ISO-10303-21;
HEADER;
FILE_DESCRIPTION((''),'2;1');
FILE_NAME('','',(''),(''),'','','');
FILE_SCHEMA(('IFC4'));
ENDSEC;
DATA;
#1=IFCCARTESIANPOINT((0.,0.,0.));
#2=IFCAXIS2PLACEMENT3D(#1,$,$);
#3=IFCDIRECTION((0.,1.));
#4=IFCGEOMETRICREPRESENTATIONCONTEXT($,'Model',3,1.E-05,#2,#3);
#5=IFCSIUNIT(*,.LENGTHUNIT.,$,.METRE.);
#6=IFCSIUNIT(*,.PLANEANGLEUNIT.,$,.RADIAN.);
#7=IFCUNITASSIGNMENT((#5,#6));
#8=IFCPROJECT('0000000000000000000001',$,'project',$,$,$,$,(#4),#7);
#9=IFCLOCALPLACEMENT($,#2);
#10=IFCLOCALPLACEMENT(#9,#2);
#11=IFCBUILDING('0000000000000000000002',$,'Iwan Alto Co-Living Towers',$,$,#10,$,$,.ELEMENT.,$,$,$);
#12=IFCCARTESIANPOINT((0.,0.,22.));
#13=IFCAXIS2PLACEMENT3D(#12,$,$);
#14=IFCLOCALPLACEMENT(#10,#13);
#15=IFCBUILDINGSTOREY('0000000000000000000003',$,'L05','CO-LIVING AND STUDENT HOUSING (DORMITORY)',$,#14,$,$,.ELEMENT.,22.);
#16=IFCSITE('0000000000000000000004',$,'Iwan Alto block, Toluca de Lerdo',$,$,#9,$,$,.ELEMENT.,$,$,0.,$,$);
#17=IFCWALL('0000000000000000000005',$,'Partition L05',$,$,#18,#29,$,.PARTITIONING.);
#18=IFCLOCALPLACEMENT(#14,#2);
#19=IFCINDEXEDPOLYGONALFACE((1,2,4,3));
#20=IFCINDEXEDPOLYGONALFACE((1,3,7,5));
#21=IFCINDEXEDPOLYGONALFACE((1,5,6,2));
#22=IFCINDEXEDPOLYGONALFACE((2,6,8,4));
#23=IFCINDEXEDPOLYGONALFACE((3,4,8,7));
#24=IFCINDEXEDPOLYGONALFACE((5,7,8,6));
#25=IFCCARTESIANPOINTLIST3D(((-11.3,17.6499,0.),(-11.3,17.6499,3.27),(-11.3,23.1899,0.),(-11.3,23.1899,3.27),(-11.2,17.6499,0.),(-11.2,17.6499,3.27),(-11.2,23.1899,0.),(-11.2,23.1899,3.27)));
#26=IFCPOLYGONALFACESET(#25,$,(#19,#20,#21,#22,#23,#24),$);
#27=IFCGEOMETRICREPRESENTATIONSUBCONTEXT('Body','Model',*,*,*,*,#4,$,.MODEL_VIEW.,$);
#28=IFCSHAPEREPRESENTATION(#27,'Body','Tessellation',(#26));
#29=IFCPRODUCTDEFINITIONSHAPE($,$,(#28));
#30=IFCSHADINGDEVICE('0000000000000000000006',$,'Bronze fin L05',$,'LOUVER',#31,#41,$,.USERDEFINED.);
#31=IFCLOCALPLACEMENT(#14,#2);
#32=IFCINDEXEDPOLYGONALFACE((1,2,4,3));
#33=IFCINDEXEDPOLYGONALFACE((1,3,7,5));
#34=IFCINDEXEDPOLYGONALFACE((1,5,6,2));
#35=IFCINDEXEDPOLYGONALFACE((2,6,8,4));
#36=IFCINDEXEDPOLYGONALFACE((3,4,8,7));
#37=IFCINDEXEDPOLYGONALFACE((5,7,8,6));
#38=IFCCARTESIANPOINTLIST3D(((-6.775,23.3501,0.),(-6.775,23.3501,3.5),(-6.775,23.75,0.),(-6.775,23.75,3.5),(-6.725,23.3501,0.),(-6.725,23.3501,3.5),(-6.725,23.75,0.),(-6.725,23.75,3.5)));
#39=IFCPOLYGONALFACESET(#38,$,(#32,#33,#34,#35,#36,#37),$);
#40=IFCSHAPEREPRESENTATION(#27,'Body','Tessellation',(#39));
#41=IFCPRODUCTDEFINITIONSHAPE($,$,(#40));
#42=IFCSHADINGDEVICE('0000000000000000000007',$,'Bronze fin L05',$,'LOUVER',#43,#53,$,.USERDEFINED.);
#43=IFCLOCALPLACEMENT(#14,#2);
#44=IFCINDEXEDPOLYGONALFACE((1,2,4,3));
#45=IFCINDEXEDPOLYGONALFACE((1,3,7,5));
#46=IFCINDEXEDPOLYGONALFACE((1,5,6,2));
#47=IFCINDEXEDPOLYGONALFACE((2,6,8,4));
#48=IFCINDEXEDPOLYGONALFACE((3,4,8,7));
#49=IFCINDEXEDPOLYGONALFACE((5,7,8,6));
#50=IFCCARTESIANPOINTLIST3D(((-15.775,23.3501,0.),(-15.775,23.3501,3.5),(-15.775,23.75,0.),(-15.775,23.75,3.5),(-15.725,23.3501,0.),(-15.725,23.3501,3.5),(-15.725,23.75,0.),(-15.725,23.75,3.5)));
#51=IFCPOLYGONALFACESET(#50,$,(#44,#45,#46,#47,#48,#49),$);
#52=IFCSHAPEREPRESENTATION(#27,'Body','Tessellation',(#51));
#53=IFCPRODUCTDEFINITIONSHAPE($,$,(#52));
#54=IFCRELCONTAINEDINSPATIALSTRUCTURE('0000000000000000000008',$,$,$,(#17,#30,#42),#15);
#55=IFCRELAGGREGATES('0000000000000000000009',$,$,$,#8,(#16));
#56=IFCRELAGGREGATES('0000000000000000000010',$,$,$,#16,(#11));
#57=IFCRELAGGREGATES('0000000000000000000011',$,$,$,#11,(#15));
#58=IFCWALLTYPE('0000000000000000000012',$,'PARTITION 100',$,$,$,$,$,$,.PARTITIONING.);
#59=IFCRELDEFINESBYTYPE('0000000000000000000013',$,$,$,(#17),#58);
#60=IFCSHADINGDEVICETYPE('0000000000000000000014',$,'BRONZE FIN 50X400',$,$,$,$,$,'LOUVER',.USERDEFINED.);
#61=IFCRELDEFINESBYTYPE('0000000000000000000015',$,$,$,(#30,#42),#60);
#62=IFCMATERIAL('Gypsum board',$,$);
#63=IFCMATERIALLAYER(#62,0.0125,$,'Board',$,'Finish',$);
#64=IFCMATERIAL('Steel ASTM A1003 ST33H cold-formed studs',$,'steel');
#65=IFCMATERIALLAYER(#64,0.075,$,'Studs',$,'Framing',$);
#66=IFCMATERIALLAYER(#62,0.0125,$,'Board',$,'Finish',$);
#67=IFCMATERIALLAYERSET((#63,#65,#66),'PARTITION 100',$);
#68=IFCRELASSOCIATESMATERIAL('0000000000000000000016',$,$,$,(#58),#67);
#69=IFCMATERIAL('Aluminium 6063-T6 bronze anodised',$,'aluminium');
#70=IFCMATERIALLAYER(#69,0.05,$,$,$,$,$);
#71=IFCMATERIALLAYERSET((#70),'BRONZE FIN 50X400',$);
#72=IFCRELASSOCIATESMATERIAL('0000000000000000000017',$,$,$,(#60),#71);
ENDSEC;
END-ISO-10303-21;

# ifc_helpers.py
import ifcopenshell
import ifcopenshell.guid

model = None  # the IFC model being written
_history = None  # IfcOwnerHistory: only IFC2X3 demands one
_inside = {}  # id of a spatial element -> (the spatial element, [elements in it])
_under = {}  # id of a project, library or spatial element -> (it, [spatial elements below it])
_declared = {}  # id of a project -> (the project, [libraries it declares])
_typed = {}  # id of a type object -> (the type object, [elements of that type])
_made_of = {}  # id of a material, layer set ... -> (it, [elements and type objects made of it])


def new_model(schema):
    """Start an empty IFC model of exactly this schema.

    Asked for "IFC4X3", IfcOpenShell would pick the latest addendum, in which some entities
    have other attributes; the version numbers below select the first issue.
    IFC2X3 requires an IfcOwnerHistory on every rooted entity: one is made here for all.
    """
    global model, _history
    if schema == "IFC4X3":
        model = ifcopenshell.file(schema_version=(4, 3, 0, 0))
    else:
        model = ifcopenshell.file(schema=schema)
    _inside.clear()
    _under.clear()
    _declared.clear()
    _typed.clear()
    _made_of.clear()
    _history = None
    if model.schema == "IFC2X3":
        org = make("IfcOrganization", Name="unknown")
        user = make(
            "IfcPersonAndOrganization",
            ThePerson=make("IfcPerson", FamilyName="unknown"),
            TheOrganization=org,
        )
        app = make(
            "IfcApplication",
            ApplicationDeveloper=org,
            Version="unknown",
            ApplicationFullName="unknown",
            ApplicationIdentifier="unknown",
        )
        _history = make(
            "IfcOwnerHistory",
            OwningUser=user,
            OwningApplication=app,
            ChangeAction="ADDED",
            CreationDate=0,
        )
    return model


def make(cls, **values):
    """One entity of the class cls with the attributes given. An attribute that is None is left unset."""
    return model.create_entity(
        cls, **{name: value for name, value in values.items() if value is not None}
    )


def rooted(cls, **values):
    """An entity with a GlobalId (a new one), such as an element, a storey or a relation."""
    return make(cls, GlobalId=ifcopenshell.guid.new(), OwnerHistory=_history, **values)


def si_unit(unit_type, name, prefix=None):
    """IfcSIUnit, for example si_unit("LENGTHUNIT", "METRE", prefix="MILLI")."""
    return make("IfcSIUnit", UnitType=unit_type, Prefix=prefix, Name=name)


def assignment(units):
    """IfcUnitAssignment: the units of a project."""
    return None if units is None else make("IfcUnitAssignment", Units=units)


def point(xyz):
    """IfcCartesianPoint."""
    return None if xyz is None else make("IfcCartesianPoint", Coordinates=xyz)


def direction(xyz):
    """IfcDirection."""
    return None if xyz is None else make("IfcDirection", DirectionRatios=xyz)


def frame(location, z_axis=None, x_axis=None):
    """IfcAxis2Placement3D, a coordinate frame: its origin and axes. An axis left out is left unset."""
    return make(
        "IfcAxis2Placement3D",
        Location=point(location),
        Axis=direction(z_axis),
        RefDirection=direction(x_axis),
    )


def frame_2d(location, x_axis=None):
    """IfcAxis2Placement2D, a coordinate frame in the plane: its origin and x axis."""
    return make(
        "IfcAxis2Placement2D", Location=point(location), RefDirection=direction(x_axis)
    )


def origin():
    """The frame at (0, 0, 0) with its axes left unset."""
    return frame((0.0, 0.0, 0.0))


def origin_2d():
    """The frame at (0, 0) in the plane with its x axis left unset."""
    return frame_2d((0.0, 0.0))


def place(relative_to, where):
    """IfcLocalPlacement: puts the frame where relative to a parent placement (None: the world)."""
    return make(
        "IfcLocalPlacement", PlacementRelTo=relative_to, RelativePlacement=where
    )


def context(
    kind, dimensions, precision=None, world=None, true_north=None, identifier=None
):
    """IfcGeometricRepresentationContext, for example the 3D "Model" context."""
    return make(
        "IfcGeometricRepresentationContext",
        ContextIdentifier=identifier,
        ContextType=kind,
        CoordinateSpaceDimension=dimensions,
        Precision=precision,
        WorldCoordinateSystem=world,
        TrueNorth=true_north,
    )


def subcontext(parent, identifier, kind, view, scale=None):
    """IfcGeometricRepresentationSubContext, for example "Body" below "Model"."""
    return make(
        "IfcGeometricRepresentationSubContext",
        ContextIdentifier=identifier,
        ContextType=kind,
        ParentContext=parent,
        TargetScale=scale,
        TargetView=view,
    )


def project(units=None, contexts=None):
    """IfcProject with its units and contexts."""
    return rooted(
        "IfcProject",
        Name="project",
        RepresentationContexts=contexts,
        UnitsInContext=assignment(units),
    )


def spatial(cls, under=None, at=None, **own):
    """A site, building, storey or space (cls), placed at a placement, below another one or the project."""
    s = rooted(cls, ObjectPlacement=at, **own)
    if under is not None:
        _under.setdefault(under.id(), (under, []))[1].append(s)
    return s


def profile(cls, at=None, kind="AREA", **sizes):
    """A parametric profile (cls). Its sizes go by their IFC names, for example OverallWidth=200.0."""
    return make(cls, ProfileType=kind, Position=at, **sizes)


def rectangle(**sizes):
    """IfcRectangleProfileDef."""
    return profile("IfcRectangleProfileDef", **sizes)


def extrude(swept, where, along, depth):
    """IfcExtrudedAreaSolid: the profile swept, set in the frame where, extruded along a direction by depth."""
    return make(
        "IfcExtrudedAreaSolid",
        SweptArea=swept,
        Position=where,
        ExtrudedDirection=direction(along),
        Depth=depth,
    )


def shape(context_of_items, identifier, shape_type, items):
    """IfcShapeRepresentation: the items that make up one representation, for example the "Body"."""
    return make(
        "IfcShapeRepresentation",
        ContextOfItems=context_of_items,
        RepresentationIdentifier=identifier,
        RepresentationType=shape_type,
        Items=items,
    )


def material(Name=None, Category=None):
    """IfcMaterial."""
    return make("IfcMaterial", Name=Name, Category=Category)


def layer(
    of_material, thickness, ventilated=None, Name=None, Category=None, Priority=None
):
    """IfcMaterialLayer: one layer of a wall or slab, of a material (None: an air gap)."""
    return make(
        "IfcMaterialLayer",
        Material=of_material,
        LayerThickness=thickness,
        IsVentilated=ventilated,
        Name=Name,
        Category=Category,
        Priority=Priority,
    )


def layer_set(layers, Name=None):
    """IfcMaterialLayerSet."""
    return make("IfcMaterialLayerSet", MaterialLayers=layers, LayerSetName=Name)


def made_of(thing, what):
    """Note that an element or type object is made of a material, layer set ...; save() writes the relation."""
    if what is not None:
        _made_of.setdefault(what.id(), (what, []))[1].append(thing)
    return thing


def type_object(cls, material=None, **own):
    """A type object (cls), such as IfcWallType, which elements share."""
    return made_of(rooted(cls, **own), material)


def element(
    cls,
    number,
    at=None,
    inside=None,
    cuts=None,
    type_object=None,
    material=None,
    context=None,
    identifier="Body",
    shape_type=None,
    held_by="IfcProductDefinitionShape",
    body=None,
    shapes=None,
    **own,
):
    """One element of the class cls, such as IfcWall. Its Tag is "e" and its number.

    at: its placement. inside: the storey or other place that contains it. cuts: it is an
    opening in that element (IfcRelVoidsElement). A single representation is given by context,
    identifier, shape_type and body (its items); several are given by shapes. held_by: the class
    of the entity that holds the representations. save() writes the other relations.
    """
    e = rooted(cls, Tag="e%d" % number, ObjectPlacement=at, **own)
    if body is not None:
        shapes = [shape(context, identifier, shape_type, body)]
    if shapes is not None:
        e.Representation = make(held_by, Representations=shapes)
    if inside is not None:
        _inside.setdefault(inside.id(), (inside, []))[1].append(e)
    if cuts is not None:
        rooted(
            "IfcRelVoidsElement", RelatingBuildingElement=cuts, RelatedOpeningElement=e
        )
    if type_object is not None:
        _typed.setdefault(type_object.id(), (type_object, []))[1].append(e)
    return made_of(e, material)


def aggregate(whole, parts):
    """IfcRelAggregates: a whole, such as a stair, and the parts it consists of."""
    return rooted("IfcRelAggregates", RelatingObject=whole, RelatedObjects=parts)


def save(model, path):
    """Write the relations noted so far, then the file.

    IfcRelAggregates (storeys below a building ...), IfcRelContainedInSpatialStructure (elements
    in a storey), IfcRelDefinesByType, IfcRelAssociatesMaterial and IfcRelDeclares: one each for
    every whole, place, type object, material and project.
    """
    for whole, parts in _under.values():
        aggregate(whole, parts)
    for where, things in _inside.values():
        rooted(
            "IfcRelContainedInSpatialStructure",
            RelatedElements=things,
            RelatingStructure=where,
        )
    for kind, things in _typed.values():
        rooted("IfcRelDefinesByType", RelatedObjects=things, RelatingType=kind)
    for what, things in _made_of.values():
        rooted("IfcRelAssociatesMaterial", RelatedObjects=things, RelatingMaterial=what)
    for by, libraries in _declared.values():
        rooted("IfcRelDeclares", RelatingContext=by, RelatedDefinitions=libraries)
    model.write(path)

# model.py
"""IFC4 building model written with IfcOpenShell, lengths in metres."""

from ifc_helpers import new_model, si_unit, direction, frame, frame_2d, origin, origin_2d, place, context, subcontext, project, spatial, rectangle, extrude, material, layer, layer_set, type_object, element, save


model = new_model("IFC4")

# Units and contexts
model_context = context("Model", 3, precision=1e-05, world=origin(), true_north=direction((0.0, 1.0)))
body_context = subcontext(model_context, "Body", "Model", "MODEL_VIEW")
ifc_project = project(units=[si_unit("LENGTHUNIT", "METRE"), si_unit("PLANEANGLEUNIT", "RADIAN")], contexts=[model_context])

# Site, building, storey
site_placement = place(None, origin())
site = spatial("IfcSite", under=ifc_project, at=site_placement, Name="Iwan Alto block, Toluca de Lerdo", CompositionType="ELEMENT", RefElevation=0.0)
building_placement = place(site_placement, origin())
building = spatial("IfcBuilding", under=site, at=building_placement, Name="Iwan Alto Co-Living Towers", CompositionType="ELEMENT")
storey_placement = place(building_placement, frame((0.0, 0.0, 22.0)))
storey = spatial("IfcBuildingStorey", under=building, at=storey_placement, Name="L05", Description="CO-LIVING AND STUDENT HOUSING (DORMITORY)", CompositionType="ELEMENT", Elevation=22.0)

# Shared definitions
ifc_material_1 = material(Name="Gypsum board")
ifc_layer_1 = layer(ifc_material_1, 0.0125, Name="Board", Category="Finish")
ifc_material_2 = material(Name="Steel ASTM A1003 ST33H cold-formed studs", Category="steel")
ifc_layer_2 = layer(ifc_material_2, 0.075, Name="Studs", Category="Framing")
ifc_layer_3 = layer(ifc_material_1, 0.0125, Name="Board", Category="Finish")
ifc_layer_set_1 = layer_set([ifc_layer_1, ifc_layer_2, ifc_layer_3], Name="PARTITION 100")
wall_type = type_object("IfcWallType", Name="PARTITION 100", PredefinedType="PARTITIONING", material=ifc_layer_set_1)

# Wall
for number, where, z_axis, x_axis, name in (
    (1, (-11.25, 17.6499, 0.0), (0.0, 0.0, 1.0), (0.0, 1.0, 0.0), "Partition L05"),
):
    element("IfcWall", number, at=place(storey_placement, frame(where, z_axis=z_axis, x_axis=x_axis)), inside=storey, type_object=wall_type, Name=name, PredefinedType="PARTITIONING", context=body_context, shape_type="SweptSolid", body=[
        extrude(rectangle(XDim=5.54, YDim=0.1001, at=frame_2d((2.77, 0.0))), origin(), (0.0, 0.0, 1.0), 3.27),
    ])

# Shading devices
ifc_material_3 = material(Name="Aluminium 6063-T6 bronze anodised", Category="aluminium")
ifc_layer_4 = layer(ifc_material_3, 0.05)
ifc_layer_set_2 = layer_set([ifc_layer_4], Name="BRONZE FIN 50X400")
shading_device_type = type_object("IfcShadingDeviceType", Name="BRONZE FIN 50X400", ElementType="LOUVER", PredefinedType="USERDEFINED", material=ifc_layer_set_2)
for number, where, z_axis, x_axis, name in (
    (2, (-6.75, 23.55, 0.0), (0.0, 0.0, 1.0), (-1.0, 0.0, 0.0), "Bronze fin L05"),
    (3, (-15.75, 23.55, 0.0), (0.0, 0.0, 1.0), (-1.0, 0.0, 0.0), "Bronze fin L05"),
):
    element("IfcShadingDevice", number, at=place(storey_placement, frame(where, z_axis=z_axis, x_axis=x_axis)), inside=storey, type_object=shading_device_type, Name=name, ObjectType="LOUVER", PredefinedType="USERDEFINED", context=body_context, shape_type="SweptSolid", body=[
        extrude(rectangle(XDim=0.05, YDim=0.3999, at=origin_2d()), origin(), (0.0, 0.0, 1.0), 3.5),
    ])

save(model, "model.ifc")
